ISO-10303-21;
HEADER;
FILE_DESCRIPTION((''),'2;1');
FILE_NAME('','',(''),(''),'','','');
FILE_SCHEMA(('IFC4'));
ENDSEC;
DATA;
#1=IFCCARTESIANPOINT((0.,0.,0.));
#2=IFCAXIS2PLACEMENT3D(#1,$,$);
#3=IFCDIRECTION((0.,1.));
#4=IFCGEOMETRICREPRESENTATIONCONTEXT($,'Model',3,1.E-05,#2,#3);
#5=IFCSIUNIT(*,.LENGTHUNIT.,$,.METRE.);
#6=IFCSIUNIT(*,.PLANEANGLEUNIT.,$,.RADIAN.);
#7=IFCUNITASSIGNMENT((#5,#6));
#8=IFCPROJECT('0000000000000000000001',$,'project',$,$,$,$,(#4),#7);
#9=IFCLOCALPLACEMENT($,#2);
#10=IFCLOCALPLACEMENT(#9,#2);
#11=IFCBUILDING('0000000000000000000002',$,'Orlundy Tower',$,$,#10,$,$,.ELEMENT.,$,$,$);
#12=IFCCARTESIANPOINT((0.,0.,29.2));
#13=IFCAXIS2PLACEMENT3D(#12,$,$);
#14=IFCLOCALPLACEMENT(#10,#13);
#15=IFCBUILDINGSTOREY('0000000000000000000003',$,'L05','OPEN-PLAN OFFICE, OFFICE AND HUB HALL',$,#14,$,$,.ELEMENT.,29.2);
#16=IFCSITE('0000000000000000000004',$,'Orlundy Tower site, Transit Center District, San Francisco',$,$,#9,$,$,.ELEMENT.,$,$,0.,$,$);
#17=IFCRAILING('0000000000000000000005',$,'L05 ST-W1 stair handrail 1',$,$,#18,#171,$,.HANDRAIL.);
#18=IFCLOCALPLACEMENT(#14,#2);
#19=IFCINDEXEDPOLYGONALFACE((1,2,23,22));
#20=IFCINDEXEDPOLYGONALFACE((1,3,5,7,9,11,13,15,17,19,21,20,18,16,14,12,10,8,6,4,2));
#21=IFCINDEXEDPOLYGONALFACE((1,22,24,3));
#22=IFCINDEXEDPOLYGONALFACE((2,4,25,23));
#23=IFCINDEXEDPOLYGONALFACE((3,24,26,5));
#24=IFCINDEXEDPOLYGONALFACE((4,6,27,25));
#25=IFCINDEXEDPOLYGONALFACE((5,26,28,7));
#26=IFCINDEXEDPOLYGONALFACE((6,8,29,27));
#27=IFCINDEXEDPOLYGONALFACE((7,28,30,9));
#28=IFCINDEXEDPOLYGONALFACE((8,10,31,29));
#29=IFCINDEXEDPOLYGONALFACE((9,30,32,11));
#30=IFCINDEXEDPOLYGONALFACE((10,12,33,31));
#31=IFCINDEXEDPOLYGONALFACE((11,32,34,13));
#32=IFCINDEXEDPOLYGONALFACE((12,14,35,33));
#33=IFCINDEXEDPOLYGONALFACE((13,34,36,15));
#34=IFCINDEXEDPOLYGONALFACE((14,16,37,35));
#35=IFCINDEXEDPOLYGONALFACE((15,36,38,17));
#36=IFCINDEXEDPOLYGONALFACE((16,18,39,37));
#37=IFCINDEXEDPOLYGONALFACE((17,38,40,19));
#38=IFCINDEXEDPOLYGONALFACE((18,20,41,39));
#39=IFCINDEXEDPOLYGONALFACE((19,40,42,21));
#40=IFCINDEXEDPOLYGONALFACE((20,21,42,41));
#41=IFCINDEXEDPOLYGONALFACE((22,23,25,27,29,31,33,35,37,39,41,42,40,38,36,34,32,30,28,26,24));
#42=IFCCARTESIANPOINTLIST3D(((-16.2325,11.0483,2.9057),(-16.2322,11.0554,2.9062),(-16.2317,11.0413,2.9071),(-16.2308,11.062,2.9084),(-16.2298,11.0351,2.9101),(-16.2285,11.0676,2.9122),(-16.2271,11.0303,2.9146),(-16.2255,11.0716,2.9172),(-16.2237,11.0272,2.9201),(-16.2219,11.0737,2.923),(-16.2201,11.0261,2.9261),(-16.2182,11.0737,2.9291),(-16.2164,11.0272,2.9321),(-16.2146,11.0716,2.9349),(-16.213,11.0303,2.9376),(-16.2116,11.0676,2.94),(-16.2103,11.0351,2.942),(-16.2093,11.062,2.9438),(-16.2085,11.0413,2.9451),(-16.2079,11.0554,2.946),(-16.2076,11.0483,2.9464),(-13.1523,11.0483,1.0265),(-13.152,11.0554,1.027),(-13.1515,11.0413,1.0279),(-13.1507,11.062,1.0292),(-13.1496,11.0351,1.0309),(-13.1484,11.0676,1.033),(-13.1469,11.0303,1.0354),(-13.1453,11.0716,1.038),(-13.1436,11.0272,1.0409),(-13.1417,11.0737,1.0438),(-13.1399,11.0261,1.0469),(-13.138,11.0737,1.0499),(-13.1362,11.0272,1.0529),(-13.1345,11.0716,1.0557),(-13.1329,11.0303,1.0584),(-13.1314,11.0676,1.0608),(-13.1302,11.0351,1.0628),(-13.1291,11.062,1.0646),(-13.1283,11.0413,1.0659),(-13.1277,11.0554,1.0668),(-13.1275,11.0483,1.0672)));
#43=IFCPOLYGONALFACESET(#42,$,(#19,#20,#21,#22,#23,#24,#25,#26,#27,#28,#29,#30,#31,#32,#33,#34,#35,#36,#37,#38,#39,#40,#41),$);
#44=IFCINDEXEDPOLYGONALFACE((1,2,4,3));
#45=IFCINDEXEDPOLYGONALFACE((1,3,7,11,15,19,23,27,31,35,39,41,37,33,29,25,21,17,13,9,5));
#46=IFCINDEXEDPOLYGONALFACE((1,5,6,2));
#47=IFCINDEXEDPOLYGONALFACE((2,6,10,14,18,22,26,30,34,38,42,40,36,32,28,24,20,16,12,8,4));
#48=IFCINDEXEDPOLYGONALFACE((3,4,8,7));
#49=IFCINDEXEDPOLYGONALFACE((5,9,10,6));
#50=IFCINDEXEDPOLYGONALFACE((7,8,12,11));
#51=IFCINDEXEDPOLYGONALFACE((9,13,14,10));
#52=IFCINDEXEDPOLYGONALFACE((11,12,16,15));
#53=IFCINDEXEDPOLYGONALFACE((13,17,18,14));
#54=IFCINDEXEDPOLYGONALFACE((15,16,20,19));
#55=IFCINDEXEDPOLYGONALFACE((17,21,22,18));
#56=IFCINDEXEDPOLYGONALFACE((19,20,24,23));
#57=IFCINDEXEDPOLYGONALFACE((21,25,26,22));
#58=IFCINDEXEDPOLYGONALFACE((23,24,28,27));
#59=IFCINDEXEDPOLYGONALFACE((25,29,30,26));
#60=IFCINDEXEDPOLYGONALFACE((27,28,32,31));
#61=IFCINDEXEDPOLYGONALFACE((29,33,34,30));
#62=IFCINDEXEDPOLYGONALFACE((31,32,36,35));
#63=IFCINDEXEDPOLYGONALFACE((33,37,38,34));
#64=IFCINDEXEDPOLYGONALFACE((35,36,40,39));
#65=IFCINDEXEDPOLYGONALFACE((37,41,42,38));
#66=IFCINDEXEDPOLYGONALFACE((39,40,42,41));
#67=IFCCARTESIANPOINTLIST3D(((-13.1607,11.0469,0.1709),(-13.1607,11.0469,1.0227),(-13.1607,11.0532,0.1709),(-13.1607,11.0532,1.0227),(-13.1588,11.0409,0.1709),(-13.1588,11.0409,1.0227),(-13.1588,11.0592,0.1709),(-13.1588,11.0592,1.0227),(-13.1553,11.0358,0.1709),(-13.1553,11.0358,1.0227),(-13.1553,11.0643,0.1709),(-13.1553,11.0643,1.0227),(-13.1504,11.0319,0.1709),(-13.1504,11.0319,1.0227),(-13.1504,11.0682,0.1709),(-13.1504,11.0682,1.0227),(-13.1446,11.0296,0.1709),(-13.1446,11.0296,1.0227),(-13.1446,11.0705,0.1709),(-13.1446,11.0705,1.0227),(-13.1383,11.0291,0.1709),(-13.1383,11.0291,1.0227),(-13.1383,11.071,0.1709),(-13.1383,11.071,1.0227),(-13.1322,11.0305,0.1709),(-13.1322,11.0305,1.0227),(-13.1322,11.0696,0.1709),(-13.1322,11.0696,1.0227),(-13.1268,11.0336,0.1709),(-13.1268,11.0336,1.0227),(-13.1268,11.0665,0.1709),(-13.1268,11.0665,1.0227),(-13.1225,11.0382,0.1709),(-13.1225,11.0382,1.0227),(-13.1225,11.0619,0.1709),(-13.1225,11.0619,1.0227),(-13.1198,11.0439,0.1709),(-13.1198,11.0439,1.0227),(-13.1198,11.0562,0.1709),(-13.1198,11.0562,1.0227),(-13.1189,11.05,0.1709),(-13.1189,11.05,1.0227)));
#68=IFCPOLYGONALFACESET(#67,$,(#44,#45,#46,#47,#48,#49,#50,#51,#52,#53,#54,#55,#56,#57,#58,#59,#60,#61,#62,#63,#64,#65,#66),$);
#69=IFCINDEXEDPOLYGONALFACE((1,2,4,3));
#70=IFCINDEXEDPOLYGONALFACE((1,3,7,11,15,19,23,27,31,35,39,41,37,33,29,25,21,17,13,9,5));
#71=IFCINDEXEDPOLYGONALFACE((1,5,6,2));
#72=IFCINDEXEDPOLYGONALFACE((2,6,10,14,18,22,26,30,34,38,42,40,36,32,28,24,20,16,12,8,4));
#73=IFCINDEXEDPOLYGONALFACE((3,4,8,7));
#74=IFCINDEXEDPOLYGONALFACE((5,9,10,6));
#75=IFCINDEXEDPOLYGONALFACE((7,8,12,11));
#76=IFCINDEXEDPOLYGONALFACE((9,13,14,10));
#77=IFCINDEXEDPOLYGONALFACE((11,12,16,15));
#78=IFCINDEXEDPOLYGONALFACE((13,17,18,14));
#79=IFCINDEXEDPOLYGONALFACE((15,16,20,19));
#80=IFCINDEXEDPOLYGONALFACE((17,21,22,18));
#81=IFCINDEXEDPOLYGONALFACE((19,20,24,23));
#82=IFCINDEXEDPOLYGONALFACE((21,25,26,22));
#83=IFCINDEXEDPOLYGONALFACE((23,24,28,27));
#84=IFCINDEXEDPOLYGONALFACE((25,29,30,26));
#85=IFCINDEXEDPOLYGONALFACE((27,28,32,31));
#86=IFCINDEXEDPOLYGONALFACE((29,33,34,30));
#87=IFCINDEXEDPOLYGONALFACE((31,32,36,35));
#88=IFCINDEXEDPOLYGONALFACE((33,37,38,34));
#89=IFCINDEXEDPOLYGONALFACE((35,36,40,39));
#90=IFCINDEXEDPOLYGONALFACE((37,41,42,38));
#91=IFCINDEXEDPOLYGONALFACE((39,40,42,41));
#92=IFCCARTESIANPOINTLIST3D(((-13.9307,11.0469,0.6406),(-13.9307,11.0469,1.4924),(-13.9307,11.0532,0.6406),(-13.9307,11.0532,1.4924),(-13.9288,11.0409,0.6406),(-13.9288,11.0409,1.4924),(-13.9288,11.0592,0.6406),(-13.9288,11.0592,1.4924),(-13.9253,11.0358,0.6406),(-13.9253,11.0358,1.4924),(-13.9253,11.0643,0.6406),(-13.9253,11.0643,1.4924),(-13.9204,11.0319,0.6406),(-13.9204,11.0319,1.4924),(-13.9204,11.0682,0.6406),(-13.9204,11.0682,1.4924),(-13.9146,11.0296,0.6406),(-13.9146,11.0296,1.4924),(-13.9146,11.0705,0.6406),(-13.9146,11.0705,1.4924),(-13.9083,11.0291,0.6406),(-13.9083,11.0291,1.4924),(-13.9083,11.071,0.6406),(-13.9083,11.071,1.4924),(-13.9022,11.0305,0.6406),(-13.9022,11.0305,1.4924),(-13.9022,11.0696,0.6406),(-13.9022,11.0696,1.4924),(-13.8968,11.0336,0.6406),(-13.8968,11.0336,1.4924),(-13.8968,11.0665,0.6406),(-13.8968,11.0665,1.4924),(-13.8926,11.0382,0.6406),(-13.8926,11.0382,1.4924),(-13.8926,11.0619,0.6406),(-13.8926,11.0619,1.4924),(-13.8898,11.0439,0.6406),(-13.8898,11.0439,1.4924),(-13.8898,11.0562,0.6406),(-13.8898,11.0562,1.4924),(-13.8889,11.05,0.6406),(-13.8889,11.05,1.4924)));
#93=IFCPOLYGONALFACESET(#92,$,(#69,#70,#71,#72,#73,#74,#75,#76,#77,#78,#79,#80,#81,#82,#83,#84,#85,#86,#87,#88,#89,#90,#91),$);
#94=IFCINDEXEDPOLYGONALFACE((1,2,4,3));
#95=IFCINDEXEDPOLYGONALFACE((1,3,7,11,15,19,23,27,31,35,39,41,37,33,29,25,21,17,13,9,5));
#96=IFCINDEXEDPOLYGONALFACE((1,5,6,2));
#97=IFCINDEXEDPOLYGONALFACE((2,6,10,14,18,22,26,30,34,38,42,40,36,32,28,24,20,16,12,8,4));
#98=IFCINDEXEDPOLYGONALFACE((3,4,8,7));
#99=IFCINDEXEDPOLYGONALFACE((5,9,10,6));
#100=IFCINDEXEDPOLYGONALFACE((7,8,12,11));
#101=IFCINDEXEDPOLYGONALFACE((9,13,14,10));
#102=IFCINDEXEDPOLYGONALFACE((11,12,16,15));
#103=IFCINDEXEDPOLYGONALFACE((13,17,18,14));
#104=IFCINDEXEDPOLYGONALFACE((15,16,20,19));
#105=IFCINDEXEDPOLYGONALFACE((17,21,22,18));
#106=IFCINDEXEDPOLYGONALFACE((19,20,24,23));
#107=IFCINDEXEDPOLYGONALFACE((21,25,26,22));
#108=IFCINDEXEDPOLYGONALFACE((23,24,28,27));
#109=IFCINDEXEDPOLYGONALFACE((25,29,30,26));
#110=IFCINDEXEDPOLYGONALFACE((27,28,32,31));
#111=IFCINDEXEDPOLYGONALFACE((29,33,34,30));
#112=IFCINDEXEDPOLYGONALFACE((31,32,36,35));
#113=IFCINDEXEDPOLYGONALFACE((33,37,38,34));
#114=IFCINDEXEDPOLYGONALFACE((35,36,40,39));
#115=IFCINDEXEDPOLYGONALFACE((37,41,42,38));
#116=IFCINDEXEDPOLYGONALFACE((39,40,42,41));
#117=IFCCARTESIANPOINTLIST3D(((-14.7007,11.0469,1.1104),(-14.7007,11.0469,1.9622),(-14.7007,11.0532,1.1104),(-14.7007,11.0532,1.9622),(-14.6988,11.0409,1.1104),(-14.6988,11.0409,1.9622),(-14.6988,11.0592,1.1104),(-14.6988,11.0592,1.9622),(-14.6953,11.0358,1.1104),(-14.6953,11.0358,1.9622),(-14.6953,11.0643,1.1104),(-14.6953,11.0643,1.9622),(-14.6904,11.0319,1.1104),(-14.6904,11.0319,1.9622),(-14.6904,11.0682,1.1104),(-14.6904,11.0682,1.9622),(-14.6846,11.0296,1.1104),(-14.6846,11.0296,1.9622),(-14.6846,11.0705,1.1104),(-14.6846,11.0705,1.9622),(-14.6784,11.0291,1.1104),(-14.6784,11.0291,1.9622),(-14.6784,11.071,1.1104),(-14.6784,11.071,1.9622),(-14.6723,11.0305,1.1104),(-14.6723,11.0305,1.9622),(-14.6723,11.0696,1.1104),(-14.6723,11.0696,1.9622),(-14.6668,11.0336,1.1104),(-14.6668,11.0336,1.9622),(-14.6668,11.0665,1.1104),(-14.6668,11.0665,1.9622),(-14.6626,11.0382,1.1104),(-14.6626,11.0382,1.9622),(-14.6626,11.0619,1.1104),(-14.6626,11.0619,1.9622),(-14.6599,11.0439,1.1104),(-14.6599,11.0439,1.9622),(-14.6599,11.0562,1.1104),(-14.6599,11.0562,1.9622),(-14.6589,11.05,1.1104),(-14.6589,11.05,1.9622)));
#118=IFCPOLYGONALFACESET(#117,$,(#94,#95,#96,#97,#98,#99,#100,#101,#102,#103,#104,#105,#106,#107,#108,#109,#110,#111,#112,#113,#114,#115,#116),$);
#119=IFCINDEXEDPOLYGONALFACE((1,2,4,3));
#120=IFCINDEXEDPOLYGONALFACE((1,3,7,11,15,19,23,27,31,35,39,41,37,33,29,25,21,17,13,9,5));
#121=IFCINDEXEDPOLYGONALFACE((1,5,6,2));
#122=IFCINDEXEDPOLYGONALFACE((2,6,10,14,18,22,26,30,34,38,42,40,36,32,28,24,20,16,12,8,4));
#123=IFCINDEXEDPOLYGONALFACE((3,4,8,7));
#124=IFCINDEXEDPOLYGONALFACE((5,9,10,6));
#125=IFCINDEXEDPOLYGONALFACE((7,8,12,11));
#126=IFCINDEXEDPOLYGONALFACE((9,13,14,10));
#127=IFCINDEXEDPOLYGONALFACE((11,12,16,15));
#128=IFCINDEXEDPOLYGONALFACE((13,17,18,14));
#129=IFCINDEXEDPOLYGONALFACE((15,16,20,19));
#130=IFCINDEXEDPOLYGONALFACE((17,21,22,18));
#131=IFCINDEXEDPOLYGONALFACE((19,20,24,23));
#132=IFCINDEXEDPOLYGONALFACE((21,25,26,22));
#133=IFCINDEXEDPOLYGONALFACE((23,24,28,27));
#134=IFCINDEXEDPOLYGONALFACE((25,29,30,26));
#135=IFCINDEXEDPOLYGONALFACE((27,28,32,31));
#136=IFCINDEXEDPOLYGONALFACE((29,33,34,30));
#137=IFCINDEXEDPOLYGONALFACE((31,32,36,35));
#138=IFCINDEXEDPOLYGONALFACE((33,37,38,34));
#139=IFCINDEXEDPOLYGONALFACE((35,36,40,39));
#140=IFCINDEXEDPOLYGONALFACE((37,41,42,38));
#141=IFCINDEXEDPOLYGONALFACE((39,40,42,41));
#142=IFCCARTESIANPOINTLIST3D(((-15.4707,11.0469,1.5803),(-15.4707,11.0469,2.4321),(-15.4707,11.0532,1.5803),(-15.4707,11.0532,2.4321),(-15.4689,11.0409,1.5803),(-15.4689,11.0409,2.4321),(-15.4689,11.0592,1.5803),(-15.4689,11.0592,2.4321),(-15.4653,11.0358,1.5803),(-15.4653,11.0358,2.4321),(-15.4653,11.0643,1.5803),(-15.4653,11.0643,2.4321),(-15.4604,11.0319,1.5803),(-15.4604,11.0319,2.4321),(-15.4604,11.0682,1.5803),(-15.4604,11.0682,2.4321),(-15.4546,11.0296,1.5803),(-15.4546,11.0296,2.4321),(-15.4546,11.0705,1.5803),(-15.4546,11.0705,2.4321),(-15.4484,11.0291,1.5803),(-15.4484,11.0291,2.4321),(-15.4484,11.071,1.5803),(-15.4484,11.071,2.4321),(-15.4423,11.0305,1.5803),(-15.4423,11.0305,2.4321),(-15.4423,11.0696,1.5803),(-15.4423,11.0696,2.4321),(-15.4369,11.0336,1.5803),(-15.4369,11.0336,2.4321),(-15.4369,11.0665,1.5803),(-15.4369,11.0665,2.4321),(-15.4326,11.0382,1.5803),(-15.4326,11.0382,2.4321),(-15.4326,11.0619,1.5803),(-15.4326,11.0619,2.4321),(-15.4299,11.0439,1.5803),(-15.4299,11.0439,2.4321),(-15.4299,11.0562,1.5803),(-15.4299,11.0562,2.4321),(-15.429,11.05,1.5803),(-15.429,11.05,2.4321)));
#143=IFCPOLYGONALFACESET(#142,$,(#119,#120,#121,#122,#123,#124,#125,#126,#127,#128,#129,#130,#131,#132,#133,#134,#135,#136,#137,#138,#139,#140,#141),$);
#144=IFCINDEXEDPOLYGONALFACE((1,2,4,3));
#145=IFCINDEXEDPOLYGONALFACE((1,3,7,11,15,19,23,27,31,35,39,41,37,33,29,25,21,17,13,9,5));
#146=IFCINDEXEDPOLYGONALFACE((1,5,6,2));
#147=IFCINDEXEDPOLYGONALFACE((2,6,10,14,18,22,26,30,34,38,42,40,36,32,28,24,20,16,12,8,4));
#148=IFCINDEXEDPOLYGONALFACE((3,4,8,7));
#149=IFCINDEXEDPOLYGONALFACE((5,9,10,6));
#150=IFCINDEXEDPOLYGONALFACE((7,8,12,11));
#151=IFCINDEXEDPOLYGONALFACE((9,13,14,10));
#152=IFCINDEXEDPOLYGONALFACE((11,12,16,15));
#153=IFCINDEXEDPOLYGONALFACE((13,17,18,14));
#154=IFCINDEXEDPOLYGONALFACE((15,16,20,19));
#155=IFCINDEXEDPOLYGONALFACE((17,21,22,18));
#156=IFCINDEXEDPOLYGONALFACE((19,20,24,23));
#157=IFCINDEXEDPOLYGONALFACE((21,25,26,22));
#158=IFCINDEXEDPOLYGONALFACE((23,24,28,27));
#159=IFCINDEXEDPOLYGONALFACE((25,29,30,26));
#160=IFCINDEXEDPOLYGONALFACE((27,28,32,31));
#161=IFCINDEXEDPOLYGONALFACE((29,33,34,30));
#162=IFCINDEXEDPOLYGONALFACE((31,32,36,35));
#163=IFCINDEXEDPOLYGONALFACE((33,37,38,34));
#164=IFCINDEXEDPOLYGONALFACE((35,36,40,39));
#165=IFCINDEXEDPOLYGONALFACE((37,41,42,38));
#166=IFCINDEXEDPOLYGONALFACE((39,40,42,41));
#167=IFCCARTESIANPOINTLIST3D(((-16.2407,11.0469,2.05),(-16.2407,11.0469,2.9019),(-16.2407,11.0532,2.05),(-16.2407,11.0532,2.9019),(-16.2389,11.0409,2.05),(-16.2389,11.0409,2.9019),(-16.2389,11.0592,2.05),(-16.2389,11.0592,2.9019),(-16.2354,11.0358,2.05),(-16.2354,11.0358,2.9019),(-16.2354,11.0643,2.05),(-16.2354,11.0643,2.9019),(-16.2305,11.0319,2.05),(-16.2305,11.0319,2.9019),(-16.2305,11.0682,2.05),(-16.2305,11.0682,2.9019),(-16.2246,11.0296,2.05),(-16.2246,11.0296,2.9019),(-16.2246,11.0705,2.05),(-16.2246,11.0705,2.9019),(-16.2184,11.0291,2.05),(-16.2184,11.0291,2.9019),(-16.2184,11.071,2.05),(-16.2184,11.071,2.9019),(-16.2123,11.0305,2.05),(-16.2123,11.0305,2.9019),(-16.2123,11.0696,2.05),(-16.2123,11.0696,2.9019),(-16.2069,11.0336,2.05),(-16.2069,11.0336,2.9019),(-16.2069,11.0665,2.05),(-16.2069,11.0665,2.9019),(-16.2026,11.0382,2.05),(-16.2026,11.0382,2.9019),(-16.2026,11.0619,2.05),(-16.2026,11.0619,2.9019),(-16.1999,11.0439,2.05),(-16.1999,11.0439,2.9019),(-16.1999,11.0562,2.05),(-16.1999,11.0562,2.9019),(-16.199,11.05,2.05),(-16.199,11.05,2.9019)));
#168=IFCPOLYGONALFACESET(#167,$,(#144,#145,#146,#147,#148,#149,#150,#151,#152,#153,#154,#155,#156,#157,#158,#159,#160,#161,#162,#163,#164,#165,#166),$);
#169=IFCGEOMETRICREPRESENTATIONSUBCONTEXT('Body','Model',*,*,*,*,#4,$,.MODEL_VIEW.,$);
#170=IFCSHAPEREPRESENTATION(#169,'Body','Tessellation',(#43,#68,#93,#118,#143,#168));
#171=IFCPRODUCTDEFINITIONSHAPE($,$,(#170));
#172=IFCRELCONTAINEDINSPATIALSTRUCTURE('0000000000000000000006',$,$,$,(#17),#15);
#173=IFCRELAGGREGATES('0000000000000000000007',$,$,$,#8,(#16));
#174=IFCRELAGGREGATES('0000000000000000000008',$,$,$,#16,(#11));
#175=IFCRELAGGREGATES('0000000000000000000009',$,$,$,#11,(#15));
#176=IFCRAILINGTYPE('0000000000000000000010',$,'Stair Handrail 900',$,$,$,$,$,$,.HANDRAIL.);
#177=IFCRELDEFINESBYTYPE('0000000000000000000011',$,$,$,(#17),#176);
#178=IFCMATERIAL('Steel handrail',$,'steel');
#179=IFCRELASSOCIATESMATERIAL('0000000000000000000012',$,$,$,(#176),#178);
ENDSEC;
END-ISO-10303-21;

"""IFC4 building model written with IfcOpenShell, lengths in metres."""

from ifc_helpers import new_model, si_unit, direction, frame, origin, origin_2d, place, context, subcontext, project, spatial, circle, extrude, material, type_object, element, save


model = new_model("IFC4")

# Units and contexts
model_context = context("Model", 3, precision=1e-05, world=origin(), true_north=direction((0.0, 1.0)))
body_context = subcontext(model_context, "Body", "Model", "MODEL_VIEW")
ifc_project = project(units=[si_unit("LENGTHUNIT", "METRE"), si_unit("PLANEANGLEUNIT", "RADIAN")], contexts=[model_context])

# Site, building, storey
site_placement = place(None, origin())
site = spatial("IfcSite", under=ifc_project, at=site_placement, Name="Orlundy Tower site, Transit Center District, San Francisco", CompositionType="ELEMENT", RefElevation=0.0)
building_placement = place(site_placement, origin())
building = spatial("IfcBuilding", under=site, at=building_placement, Name="Orlundy Tower", CompositionType="ELEMENT")
storey_placement = place(building_placement, frame((0.0, 0.0, 29.2)))
storey = spatial("IfcBuildingStorey", under=building, at=storey_placement, Name="L05", Description="OPEN-PLAN OFFICE, OFFICE AND HUB HALL", CompositionType="ELEMENT", Elevation=29.2)

# Railing
ifc_material_1 = material(Name="Steel handrail", Category="steel")
railing_type_1 = type_object("IfcRailingType", Name="Stair Handrail 900", PredefinedType="HANDRAIL", material=ifc_material_1)
railing_1_placement = place(storey_placement, frame((-13.1399, 11.05, 0.1709)))
element("IfcRailing", 1, at=railing_1_placement, inside=storey, type_object=railing_type_1, Name="L05 ST-W1 stair handrail 1", PredefinedType="HANDRAIL", context=body_context, shape_type="SweptSolid", body=[
    extrude(circle(Radius=0.0239, at=origin_2d()), frame((0.0, 0.0, 0.876), z_axis=(-0.853666, 0.0, 0.52082), x_axis=(0.0, -1.0, 0.0)), (0.0, 0.0, 1.0), 3.6082),
    extrude(circle(Radius=0.021, at=origin_2d()), origin(), (0.0, 0.0, 1.0), 0.8518),
    extrude(circle(Radius=0.021, at=origin_2d()), frame((-0.77, 0.0, 0.4697)), (0.0, 0.0, 1.0), 0.8518),
    extrude(circle(Radius=0.021, at=origin_2d()), frame((-1.54, 0.0, 0.9395)), (0.0, 0.0, 1.0), 0.8518),
    extrude(circle(Radius=0.021, at=origin_2d()), frame((-2.3101, 0.0, 1.4094)), (0.0, 0.0, 1.0), 0.8518),
    extrude(circle(Radius=0.021, at=origin_2d()), frame((-3.0801, 0.0, 1.8792)), (0.0, 0.0, 1.0), 0.8518),
])

save(model, "model.ifc")
